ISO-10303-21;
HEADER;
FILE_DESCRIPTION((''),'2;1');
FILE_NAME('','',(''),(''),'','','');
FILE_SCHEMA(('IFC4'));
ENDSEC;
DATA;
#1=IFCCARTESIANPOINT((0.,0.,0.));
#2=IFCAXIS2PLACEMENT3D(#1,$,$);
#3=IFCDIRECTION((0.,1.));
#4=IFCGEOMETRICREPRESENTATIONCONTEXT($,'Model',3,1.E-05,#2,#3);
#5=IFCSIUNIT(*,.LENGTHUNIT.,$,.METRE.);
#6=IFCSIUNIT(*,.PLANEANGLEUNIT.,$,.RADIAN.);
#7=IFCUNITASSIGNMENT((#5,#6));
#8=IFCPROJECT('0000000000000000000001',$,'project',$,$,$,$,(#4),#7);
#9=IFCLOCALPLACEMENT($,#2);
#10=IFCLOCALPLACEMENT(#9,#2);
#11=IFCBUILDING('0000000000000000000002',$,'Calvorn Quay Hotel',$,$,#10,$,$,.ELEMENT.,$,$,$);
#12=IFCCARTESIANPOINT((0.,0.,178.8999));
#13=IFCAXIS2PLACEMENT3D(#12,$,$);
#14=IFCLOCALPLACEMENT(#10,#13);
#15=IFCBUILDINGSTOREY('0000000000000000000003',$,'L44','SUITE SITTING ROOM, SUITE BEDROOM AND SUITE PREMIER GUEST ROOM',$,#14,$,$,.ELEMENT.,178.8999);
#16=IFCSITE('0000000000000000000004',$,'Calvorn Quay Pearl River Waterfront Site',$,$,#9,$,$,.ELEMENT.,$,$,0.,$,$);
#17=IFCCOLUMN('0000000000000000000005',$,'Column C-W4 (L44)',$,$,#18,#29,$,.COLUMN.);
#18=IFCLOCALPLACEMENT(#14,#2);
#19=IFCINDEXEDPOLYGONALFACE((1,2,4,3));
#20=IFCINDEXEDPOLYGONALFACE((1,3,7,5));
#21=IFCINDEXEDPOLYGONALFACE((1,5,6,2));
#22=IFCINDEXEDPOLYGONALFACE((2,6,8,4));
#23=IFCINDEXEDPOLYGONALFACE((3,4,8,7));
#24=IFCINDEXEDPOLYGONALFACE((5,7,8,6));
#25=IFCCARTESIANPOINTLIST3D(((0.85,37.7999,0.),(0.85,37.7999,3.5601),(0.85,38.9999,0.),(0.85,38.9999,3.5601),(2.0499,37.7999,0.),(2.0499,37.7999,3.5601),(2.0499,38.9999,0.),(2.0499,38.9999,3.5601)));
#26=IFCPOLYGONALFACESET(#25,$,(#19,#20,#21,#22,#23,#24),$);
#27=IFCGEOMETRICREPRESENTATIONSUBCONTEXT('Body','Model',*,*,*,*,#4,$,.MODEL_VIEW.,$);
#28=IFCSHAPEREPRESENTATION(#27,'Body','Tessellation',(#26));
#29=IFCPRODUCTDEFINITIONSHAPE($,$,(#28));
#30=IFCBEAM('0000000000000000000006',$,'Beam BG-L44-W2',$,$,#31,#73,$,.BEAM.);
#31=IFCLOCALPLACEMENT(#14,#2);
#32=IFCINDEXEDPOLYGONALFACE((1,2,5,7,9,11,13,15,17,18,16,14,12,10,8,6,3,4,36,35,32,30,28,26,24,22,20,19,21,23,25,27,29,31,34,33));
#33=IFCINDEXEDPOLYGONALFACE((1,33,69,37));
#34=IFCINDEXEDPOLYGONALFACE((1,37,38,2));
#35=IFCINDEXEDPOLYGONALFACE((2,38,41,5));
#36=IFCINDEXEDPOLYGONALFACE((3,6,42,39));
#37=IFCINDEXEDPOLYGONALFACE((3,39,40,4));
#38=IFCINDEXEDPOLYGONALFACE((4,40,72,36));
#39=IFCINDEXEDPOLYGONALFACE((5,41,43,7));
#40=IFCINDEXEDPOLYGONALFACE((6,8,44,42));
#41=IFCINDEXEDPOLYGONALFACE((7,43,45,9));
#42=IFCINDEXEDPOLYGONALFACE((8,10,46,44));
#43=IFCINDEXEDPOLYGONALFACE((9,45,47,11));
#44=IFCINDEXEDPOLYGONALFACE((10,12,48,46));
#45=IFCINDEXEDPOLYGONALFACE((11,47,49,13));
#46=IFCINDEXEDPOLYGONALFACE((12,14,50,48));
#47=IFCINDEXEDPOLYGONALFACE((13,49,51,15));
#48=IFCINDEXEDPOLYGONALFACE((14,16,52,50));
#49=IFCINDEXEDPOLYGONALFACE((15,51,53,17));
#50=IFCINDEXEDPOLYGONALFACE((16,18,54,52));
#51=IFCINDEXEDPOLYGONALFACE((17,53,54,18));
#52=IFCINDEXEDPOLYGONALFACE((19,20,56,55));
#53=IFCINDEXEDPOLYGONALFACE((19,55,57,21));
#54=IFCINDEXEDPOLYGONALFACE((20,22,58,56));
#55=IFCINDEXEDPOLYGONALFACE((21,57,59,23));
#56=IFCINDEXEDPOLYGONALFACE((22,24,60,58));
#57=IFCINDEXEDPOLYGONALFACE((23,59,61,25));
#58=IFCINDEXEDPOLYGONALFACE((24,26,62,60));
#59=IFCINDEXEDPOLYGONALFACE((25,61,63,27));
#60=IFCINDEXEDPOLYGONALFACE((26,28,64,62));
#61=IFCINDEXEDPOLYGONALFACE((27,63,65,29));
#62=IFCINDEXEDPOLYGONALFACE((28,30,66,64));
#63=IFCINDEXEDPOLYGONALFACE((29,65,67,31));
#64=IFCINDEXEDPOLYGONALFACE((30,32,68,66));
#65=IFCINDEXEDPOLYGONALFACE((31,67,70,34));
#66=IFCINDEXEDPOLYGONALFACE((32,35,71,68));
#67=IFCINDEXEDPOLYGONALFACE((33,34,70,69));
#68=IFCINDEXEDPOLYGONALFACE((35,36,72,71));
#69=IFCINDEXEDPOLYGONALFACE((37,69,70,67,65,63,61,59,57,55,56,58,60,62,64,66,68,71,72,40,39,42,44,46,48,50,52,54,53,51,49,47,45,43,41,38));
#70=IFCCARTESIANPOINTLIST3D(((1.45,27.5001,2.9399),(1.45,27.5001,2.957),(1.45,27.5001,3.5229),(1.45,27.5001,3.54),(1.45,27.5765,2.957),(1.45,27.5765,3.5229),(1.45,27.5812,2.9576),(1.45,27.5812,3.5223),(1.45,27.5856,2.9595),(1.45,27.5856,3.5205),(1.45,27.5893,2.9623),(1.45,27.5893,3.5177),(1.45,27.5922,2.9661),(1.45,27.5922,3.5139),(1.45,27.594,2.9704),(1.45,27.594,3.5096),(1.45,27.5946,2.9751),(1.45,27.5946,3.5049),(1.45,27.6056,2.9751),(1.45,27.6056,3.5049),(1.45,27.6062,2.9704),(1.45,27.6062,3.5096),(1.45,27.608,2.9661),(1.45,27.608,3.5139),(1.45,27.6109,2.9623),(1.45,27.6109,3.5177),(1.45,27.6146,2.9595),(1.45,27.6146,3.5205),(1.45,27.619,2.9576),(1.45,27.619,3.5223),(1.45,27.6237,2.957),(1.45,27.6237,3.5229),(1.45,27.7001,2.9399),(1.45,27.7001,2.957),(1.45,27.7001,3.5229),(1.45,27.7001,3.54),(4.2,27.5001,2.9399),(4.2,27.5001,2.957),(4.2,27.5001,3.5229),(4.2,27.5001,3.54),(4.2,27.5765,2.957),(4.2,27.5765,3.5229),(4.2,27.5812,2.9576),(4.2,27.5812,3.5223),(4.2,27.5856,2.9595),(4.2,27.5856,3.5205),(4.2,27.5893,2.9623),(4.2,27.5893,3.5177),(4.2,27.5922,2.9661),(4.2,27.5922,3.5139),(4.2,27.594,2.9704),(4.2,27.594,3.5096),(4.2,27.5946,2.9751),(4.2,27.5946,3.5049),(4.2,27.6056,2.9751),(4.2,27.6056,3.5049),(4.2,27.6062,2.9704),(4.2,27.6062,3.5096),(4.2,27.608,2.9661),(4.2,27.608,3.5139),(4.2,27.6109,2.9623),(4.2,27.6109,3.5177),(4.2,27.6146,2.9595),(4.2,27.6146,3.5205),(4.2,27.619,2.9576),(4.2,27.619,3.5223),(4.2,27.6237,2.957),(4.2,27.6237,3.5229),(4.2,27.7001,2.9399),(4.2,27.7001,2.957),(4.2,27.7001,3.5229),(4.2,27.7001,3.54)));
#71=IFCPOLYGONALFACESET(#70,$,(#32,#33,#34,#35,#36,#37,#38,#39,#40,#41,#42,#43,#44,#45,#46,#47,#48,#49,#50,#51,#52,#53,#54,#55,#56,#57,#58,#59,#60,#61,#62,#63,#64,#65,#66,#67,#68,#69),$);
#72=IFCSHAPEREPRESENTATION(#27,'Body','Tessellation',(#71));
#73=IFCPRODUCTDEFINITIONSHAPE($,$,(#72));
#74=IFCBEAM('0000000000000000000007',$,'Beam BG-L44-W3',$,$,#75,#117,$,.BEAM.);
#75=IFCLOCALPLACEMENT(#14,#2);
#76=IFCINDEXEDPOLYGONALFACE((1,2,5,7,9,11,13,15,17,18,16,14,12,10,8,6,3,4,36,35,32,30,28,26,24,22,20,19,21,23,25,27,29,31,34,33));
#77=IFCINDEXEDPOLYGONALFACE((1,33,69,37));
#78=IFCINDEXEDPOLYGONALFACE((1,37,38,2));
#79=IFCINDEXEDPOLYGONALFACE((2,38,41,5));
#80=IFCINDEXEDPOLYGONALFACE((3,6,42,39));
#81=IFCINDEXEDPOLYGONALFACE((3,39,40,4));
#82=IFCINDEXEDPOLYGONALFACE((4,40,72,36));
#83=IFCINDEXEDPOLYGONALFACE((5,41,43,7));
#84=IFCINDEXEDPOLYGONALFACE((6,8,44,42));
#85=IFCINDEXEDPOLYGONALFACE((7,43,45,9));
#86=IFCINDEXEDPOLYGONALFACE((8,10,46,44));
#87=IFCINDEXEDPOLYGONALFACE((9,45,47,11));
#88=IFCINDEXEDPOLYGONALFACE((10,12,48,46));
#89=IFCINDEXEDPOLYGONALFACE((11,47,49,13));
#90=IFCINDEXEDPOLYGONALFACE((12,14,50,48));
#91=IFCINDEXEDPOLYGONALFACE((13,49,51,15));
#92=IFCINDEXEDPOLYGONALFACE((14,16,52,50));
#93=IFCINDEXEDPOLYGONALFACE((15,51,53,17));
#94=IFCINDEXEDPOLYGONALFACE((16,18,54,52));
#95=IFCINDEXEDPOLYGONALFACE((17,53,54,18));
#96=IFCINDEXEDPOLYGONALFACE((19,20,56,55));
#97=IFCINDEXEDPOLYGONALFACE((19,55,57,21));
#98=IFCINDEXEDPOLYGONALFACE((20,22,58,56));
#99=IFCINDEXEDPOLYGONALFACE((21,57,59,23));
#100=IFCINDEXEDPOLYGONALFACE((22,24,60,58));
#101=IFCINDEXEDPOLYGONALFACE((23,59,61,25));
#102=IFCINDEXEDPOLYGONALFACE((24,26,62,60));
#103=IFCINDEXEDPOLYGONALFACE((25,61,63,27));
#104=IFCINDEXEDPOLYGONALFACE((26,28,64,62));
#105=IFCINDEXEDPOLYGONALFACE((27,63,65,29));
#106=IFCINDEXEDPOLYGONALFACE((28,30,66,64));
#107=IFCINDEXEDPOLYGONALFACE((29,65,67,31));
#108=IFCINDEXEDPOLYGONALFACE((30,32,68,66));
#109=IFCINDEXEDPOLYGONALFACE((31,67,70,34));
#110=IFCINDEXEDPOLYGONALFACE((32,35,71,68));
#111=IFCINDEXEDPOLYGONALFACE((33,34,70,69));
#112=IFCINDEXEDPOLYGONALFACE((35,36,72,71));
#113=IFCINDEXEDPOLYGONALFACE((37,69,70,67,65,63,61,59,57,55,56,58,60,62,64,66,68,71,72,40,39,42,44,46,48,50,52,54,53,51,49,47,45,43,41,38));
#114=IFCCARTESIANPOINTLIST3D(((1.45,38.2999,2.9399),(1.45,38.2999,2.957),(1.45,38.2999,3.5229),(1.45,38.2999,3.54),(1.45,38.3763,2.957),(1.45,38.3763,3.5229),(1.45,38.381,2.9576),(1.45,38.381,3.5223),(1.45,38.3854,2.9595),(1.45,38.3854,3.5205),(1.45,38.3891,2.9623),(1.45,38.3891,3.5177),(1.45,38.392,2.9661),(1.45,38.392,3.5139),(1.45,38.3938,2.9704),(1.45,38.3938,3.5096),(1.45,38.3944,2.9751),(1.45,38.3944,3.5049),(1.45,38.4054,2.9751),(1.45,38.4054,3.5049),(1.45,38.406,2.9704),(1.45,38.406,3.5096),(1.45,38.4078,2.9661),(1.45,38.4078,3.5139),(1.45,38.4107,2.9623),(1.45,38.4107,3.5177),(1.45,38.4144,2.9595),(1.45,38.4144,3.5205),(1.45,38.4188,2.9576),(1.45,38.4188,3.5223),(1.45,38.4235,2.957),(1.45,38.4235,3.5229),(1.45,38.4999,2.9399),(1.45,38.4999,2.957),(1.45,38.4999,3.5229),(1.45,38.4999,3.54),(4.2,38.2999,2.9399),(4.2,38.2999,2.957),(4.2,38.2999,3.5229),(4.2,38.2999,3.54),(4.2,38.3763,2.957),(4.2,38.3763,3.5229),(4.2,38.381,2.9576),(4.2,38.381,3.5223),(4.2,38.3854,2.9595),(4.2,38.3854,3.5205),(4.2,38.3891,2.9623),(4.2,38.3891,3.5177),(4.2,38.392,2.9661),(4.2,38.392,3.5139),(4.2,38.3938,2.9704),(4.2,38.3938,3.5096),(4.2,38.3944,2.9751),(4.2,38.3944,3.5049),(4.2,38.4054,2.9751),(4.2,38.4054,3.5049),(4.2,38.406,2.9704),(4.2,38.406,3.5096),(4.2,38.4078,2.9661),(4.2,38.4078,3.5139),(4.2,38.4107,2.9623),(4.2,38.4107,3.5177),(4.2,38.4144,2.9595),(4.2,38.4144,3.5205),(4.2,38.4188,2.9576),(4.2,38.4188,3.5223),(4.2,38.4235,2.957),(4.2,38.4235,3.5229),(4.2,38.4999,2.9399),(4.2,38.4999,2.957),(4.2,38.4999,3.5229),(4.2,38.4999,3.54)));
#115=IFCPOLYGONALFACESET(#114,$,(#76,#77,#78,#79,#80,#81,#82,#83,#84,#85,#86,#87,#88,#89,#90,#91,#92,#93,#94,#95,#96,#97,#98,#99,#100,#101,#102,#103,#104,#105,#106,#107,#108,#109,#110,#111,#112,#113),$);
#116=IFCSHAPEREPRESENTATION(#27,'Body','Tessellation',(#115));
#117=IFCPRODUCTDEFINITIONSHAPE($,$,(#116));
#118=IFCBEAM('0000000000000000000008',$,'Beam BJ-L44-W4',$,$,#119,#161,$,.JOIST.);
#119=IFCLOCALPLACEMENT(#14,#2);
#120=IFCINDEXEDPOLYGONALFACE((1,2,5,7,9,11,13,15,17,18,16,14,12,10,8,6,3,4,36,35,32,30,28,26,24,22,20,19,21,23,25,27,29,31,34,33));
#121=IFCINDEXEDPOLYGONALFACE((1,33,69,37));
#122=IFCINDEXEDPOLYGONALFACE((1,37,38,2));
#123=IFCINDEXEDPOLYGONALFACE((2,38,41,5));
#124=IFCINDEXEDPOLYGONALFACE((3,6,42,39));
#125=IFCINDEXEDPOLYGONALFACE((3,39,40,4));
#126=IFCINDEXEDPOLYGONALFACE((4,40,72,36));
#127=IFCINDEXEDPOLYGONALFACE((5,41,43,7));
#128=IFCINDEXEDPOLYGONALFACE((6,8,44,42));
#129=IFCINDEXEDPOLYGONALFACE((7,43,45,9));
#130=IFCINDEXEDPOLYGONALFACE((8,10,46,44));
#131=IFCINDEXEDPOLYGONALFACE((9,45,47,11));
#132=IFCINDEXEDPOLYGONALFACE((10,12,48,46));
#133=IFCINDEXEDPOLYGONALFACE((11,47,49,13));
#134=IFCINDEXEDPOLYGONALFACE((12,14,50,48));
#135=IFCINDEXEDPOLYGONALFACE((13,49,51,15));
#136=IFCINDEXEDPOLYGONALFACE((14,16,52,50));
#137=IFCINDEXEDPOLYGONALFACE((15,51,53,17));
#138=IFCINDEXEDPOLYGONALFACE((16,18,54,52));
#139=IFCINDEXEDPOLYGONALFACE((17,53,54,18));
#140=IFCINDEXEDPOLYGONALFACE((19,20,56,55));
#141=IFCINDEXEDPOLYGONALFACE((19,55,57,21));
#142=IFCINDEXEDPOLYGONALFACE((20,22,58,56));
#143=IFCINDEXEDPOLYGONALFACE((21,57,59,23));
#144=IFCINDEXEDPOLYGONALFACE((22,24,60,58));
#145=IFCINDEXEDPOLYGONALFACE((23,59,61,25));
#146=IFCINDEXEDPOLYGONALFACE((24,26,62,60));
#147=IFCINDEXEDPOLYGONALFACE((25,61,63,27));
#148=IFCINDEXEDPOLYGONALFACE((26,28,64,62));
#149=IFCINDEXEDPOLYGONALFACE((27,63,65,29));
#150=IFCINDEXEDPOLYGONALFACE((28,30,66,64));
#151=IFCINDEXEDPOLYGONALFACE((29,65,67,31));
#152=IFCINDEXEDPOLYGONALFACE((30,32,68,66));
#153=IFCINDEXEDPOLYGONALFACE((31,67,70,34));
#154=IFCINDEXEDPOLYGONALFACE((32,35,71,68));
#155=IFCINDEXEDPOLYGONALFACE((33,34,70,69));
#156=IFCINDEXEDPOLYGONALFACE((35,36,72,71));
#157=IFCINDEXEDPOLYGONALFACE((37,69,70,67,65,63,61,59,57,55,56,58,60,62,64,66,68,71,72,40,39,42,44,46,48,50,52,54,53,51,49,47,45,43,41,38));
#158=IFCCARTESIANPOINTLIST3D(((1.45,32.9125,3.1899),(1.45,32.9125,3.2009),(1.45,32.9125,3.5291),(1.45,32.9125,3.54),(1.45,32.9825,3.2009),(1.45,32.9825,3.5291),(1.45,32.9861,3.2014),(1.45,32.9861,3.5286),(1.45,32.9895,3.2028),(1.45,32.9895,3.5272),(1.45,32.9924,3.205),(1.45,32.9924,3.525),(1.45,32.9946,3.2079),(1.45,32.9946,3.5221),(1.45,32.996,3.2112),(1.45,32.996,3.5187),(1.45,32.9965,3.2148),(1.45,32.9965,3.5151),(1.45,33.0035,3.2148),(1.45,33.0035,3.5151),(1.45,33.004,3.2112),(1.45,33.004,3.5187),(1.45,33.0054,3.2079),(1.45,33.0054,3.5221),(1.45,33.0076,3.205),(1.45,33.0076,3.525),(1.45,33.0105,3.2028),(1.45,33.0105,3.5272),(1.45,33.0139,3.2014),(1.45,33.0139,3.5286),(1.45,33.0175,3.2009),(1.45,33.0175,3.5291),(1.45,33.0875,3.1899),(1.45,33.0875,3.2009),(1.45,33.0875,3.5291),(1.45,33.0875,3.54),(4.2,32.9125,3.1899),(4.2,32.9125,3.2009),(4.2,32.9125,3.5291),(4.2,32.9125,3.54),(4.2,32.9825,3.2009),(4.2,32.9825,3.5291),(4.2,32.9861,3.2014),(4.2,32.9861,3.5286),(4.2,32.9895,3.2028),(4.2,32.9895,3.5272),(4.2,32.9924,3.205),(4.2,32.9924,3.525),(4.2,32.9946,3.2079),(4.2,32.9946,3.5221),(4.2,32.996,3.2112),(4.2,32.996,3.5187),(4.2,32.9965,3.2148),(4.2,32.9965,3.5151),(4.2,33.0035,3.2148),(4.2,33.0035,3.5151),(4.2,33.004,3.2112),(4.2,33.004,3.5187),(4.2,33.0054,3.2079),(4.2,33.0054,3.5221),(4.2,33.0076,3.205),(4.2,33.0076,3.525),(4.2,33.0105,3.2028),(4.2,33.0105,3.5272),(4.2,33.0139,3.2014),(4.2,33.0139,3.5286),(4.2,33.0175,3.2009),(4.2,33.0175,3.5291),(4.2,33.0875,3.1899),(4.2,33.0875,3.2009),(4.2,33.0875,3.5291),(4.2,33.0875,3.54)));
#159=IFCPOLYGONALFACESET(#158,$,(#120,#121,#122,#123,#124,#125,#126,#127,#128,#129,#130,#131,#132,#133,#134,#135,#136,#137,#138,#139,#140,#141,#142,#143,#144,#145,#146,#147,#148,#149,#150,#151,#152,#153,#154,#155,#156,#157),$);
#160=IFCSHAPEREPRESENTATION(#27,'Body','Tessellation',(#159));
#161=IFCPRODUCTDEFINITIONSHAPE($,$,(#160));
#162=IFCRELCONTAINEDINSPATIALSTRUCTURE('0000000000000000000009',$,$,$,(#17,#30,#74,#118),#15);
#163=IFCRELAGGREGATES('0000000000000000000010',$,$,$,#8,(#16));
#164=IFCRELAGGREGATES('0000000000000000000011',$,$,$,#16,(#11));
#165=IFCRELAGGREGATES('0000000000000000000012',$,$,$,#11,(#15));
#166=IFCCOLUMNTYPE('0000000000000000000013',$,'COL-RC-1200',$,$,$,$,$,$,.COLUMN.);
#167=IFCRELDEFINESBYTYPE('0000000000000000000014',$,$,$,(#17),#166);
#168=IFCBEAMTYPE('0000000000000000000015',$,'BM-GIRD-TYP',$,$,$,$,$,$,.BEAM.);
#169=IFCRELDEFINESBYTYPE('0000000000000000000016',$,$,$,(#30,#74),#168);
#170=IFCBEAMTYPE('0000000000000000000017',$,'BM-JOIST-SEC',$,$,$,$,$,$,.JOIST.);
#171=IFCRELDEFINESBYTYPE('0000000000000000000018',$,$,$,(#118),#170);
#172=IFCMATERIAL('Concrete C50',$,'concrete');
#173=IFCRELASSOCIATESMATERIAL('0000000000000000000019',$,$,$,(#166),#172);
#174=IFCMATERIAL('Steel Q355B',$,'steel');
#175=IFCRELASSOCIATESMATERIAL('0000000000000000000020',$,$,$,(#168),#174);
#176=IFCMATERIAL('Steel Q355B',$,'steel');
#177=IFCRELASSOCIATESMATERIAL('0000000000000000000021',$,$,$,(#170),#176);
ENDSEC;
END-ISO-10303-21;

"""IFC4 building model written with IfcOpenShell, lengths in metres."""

from ifc_helpers import new_model, si_unit, direction, frame, origin, origin_2d, place, context, subcontext, project, spatial, rectangle, i_section, extrude, material, material_profile, profile_set, type_object, element, save


model = new_model("IFC4")

# Units and contexts
model_context = context("Model", 3, precision=1e-05, world=origin(), true_north=direction((0.0, 1.0)))
body_context = subcontext(model_context, "Body", "Model", "MODEL_VIEW")
ifc_project = project(units=[si_unit("LENGTHUNIT", "METRE"), si_unit("PLANEANGLEUNIT", "RADIAN")], contexts=[model_context])

# Site, building, storey
site_placement = place(None, origin())
site = spatial("IfcSite", under=ifc_project, at=site_placement, Name="Calvorn Quay Pearl River Waterfront Site", CompositionType="ELEMENT", RefElevation=0.0)
building_placement = place(site_placement, origin())
building = spatial("IfcBuilding", under=site, at=building_placement, Name="Calvorn Quay Hotel", CompositionType="ELEMENT")
storey_placement = place(building_placement, frame((0.0, 0.0, 178.8999)))
storey = spatial("IfcBuildingStorey", under=building, at=storey_placement, Name="L44", Description="SUITE SITTING ROOM, SUITE BEDROOM AND SUITE PREMIER GUEST ROOM", CompositionType="ELEMENT", Elevation=178.8999)

# Column
ifc_material_1 = material(Name="Concrete C50", Category="concrete")
ifc_material_profile_1 = material_profile(ifc_material_1, rectangle(XDim=1.2, YDim=1.2, at=origin_2d()), Name="RC1200x1200")
ifc_profile_set_1 = profile_set([ifc_material_profile_1], Name="Concrete C50")
column_type = type_object("IfcColumnType", Name="COL-RC-1200", PredefinedType="COLUMN", material=ifc_profile_set_1)
column_placement = place(storey_placement, frame((1.45, 38.3999, 0.0), z_axis=(0.0, 0.0, 1.0), x_axis=(1.0, 0.0, 0.0)))
element("IfcColumn", 1, at=column_placement, inside=storey, type_object=column_type, Name="Column C-W4 (L44)", PredefinedType="COLUMN", context=body_context, shape_type="SweptSolid", body=[
    extrude(rectangle(XDim=1.2, YDim=1.2, at=origin_2d()), origin(), (0.0, 0.0, 1.0), 3.5601),
])

# Beams
ifc_material_2 = material(Name="Steel Q355B", Category="steel")
ifc_material_profile_2 = material_profile(ifc_material_2, i_section(OverallWidth=0.2, OverallDepth=0.6001, WebThickness=0.011, FlangeThickness=0.0171, FilletRadius=0.0181, at=origin_2d()), Name="HN600x200x11x17")
ifc_profile_set_2 = profile_set([ifc_material_profile_2], Name="Steel Q355B")
beam_type_1 = type_object("IfcBeamType", Name="BM-GIRD-TYP", PredefinedType="BEAM", material=ifc_profile_set_2)
for number, where, z_axis, x_axis, name in (
    (2, (1.45, 27.6001, 3.24), (1.0, 0.0, 0.0), (0.0, 1.0, 0.0), "Beam BG-L44-W2"),
    (3, (1.45, 38.3999, 3.24), (1.0, 0.0, 0.0), (0.0, 1.0, 0.0), "Beam BG-L44-W3"),
):
    element("IfcBeam", number, at=place(storey_placement, frame(where, z_axis=z_axis, x_axis=x_axis)), inside=storey, type_object=beam_type_1, Name=name, PredefinedType="BEAM", context=body_context, shape_type="SweptSolid", body=[
        extrude(i_section(OverallWidth=0.2, OverallDepth=0.6001, WebThickness=0.011, FlangeThickness=0.0171, FilletRadius=0.0181, at=origin_2d()), origin(), (0.0, 0.0, 1.0), 2.75),
    ])
ifc_material_3 = material(Name="Steel Q355B", Category="steel")
ifc_material_profile_3 = material_profile(ifc_material_3, i_section(OverallWidth=0.175, OverallDepth=0.3501, WebThickness=0.0071, FlangeThickness=0.011, FilletRadius=0.0139, at=origin_2d()), Name="HN350x175x7x11")
ifc_profile_set_3 = profile_set([ifc_material_profile_3], Name="Steel Q355B")
beam_type_2 = type_object("IfcBeamType", Name="BM-JOIST-SEC", PredefinedType="JOIST", material=ifc_profile_set_3)
beam_1_placement = place(storey_placement, frame((1.45, 33.0, 3.365), z_axis=(1.0, 0.0, 0.0), x_axis=(0.0, 1.0, 0.0)))
element("IfcBeam", 4, at=beam_1_placement, inside=storey, type_object=beam_type_2, Name="Beam BJ-L44-W4", PredefinedType="JOIST", context=body_context, shape_type="SweptSolid", body=[
    extrude(i_section(OverallWidth=0.175, OverallDepth=0.3501, WebThickness=0.0071, FlangeThickness=0.011, FilletRadius=0.0139, at=origin_2d()), origin(), (0.0, 0.0, 1.0), 2.75),
])

save(model, "model.ifc")
